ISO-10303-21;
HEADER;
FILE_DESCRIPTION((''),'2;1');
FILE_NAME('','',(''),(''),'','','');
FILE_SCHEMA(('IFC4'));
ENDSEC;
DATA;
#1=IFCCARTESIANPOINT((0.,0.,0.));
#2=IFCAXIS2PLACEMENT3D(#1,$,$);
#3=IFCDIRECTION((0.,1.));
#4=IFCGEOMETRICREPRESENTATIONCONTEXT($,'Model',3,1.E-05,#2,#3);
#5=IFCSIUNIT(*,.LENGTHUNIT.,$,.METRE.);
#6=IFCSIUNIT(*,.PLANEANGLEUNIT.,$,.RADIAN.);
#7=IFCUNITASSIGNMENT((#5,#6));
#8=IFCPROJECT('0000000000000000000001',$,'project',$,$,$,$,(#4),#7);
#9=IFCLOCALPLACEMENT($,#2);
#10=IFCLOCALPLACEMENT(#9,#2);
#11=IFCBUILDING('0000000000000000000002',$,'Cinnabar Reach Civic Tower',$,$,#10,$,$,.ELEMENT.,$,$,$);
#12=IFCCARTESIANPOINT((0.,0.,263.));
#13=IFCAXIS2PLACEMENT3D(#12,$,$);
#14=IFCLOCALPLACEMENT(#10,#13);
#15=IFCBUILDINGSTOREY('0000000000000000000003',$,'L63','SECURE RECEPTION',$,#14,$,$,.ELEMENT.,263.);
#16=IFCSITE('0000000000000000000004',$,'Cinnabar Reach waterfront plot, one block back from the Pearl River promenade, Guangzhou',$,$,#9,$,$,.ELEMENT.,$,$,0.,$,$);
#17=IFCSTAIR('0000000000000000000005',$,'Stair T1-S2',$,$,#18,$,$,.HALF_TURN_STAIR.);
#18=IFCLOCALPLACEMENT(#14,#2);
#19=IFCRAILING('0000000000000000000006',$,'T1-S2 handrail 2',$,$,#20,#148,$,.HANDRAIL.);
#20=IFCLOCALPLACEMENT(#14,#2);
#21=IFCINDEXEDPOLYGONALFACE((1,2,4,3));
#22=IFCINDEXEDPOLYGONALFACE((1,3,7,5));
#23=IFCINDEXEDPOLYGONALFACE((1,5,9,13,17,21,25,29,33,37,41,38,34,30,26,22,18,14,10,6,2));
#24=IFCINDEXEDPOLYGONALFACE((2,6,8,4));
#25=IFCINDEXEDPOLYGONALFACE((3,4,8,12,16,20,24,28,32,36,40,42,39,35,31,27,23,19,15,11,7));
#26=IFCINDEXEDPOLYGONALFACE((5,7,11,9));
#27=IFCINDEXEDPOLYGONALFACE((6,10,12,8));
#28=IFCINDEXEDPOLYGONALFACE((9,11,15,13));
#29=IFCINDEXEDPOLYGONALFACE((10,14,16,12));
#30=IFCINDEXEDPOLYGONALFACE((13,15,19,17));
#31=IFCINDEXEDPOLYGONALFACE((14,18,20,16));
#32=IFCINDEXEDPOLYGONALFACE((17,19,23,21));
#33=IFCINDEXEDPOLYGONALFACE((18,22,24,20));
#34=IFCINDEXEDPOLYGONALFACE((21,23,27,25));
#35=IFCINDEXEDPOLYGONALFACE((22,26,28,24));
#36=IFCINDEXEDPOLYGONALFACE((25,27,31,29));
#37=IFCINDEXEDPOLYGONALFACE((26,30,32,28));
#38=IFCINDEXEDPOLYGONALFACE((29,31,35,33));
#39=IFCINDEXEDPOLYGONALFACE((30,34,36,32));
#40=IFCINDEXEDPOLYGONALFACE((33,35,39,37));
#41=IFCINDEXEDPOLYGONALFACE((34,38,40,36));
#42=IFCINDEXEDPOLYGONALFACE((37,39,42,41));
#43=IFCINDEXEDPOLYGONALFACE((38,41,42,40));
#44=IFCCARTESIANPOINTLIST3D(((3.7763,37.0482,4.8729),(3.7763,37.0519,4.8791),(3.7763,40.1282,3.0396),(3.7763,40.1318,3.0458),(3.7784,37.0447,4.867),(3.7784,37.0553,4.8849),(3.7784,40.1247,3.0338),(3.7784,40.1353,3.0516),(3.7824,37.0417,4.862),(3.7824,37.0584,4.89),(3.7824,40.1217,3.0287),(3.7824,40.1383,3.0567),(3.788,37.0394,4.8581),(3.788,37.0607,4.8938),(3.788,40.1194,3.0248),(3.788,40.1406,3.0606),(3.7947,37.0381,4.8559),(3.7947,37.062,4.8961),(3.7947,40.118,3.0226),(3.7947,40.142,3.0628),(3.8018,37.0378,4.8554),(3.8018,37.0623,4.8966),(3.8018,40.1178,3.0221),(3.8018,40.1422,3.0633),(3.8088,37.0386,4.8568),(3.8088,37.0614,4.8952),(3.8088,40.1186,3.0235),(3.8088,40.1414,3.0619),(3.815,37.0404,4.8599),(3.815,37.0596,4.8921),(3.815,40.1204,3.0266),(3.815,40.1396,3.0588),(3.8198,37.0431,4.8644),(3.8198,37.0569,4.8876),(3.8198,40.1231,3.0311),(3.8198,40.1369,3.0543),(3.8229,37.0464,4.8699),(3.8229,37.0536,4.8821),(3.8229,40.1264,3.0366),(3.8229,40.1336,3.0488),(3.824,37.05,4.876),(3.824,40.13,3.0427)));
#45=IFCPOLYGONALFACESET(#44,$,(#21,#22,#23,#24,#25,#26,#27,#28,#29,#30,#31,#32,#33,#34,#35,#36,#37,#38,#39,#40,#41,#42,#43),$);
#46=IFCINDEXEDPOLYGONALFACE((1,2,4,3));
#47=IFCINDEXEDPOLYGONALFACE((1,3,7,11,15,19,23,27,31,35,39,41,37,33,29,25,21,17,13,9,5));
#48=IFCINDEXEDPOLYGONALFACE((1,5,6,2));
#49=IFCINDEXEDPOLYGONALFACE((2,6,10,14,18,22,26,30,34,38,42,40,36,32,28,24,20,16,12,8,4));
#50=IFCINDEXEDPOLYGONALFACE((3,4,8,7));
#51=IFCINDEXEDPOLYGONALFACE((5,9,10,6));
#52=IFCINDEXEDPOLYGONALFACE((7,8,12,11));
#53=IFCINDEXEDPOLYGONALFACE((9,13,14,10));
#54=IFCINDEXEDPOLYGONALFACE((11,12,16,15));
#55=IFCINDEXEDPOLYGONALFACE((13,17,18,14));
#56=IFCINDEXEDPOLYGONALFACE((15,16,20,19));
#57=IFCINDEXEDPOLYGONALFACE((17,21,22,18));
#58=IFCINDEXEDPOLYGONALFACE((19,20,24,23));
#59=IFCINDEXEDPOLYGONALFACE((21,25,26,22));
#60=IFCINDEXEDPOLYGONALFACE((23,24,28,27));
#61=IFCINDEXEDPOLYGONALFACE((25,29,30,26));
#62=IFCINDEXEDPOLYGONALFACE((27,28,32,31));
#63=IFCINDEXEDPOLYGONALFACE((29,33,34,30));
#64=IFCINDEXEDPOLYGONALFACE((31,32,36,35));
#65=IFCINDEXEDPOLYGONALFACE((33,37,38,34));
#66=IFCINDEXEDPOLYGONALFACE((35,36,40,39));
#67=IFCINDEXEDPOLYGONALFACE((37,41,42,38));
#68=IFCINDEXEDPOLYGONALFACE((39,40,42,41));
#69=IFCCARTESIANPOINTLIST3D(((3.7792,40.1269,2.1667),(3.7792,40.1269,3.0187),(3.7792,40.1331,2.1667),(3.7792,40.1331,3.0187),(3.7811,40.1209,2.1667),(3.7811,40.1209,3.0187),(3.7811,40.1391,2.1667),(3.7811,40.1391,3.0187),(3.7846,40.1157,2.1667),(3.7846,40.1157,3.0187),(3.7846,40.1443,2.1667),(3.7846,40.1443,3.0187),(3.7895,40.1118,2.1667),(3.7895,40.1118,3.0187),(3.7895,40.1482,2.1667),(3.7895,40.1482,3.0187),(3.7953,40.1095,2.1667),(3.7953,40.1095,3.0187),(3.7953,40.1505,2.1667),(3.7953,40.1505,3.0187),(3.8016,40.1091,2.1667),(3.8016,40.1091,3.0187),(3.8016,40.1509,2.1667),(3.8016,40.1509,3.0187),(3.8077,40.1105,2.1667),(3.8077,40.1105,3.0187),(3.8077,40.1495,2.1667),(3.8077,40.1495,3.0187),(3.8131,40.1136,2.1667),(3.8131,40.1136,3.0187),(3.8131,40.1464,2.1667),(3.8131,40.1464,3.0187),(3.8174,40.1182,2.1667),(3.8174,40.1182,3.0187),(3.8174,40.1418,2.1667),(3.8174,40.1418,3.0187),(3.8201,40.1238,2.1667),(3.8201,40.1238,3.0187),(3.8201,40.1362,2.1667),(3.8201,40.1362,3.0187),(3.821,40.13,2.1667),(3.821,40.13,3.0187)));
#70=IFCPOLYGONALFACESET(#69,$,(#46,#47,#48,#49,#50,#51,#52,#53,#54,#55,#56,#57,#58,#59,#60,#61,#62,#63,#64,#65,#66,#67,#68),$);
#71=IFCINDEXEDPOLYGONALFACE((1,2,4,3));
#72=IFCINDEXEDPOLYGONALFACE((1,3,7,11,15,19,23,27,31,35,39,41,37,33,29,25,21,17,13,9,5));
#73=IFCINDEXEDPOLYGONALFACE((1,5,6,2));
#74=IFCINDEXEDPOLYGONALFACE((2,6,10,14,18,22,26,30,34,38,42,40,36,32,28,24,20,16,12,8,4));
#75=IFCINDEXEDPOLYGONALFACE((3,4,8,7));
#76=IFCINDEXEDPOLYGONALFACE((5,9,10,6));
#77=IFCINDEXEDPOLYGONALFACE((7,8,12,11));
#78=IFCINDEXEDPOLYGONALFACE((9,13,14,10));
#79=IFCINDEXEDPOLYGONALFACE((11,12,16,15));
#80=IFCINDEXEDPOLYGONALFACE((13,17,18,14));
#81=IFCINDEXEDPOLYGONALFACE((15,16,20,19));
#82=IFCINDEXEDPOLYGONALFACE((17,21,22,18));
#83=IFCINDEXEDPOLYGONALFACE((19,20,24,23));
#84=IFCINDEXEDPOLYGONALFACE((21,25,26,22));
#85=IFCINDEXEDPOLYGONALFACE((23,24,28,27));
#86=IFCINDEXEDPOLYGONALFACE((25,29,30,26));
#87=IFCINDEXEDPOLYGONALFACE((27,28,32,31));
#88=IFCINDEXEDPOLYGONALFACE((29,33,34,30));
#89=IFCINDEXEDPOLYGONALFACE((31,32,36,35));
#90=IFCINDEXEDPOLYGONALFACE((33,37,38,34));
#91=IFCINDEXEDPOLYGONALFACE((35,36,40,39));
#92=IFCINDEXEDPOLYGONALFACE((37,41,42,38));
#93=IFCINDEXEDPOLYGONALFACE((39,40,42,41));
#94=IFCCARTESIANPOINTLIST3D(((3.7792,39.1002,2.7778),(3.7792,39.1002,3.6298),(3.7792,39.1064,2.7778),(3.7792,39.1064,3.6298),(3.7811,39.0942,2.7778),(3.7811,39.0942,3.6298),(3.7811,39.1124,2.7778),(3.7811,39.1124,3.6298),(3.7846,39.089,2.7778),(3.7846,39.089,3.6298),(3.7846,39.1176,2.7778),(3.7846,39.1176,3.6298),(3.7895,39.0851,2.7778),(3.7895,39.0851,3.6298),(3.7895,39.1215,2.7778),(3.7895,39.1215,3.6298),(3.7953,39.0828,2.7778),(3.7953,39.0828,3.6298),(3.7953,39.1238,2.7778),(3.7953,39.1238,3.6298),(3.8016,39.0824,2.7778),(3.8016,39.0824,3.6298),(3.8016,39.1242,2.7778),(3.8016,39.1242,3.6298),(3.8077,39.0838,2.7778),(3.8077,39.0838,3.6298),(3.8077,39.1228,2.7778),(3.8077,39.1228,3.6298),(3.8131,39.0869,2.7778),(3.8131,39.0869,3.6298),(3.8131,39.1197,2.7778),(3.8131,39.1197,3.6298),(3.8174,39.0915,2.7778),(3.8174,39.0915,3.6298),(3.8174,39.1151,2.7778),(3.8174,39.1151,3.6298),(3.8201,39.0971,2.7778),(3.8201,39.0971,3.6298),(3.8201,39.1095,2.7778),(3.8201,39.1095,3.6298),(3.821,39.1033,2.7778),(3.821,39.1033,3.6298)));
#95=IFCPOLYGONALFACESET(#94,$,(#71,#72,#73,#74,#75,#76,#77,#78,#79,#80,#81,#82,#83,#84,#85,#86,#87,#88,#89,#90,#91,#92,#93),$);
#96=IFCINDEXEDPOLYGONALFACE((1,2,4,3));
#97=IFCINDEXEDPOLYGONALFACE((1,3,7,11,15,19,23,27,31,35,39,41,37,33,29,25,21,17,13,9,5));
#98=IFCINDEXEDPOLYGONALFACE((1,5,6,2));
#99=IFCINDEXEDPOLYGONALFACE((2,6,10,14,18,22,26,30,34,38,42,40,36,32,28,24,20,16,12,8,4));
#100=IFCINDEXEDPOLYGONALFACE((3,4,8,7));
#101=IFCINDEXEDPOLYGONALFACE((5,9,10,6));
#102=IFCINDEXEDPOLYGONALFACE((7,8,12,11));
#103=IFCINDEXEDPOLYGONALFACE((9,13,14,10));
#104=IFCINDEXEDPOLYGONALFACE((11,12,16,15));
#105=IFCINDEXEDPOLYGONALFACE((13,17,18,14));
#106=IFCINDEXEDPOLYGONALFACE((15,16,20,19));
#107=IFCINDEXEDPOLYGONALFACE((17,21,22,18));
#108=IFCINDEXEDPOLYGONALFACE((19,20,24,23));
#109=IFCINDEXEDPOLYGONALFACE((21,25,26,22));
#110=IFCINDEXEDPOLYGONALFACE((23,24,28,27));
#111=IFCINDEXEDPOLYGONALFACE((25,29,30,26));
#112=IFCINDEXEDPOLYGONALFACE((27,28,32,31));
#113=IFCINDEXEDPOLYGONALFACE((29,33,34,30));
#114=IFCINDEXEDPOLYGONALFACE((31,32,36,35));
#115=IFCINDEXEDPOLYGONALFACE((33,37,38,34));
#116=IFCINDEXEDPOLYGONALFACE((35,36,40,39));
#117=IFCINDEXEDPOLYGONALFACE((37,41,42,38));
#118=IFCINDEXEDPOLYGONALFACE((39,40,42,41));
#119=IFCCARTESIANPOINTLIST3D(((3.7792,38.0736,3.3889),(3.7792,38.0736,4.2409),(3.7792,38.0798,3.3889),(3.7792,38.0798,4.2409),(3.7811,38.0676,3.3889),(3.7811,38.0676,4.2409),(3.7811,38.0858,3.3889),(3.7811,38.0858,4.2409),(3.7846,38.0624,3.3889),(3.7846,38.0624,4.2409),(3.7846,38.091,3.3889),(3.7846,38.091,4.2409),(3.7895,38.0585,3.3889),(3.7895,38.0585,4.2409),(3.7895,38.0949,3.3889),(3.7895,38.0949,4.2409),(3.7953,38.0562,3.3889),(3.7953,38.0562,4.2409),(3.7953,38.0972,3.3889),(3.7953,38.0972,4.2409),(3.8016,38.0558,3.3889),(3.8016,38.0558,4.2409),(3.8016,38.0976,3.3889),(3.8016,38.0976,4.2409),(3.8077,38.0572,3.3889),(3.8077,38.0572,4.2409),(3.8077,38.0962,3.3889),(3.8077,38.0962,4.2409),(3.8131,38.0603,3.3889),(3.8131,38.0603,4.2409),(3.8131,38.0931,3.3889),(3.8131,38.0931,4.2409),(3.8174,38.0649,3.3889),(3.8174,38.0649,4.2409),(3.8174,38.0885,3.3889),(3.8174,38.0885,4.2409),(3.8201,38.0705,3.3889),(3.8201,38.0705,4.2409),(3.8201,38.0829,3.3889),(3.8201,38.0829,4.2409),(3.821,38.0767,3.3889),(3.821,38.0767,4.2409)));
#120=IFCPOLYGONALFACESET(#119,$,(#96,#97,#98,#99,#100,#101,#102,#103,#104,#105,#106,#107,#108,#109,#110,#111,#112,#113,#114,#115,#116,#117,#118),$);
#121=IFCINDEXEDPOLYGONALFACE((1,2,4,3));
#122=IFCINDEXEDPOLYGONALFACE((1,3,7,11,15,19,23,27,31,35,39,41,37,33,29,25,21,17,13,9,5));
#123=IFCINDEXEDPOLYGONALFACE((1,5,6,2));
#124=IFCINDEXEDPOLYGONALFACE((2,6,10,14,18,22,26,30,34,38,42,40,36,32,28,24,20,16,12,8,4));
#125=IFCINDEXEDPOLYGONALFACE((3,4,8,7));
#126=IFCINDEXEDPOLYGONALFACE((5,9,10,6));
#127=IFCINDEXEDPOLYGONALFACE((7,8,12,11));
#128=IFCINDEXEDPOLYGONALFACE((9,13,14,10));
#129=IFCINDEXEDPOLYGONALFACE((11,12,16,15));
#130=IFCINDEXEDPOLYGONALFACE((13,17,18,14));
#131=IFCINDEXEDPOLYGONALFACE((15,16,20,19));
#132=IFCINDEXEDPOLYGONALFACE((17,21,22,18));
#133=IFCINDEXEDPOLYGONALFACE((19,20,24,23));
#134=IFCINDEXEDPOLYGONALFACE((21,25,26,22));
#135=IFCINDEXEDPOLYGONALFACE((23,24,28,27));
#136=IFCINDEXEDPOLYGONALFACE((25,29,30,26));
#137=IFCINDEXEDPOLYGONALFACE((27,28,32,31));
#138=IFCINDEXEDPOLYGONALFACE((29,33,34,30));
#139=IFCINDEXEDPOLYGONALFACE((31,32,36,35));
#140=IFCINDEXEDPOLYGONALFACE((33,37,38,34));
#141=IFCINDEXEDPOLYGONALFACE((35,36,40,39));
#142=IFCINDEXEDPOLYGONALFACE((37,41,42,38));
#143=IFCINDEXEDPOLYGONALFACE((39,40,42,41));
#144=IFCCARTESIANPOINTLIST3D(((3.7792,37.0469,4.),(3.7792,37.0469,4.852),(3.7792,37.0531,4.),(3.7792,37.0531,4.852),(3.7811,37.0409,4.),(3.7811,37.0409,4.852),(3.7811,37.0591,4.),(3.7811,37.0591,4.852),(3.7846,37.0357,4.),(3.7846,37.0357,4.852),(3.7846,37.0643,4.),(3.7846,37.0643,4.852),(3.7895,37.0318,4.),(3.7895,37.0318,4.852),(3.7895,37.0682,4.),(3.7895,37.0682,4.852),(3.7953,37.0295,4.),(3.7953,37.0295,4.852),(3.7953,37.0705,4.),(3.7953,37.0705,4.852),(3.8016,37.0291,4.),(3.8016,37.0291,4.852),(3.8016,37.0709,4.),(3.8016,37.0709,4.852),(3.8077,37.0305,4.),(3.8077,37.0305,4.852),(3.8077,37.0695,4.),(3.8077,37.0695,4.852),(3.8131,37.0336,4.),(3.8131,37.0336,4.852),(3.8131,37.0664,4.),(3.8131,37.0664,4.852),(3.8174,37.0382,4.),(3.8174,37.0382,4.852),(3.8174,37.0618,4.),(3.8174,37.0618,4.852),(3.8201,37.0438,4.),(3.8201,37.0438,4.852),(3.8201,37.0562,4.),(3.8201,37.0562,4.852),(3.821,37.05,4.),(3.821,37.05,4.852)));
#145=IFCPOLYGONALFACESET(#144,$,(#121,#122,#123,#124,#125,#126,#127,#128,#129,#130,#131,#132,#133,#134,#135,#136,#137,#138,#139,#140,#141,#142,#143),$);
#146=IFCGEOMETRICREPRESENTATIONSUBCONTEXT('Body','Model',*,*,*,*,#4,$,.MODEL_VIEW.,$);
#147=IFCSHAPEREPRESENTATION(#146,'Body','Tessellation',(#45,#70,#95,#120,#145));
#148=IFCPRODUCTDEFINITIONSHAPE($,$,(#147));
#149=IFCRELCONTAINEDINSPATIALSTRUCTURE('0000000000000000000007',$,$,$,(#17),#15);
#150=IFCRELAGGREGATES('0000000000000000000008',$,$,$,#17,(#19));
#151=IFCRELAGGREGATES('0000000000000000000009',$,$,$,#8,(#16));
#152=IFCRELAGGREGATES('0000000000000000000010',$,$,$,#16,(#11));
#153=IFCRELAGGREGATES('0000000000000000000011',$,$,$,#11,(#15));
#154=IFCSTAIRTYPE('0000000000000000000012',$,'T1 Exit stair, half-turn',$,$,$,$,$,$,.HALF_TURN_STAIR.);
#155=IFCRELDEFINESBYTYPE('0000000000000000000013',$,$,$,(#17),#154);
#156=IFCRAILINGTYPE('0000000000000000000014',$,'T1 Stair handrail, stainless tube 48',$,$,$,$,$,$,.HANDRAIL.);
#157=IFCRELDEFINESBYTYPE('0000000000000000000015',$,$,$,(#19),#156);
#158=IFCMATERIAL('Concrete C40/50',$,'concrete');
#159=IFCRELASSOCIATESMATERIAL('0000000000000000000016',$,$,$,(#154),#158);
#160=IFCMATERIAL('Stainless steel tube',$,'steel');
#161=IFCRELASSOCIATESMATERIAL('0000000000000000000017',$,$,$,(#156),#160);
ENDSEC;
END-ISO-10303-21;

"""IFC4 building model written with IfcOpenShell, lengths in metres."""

from ifc_helpers import new_model, si_unit, direction, frame, origin, origin_2d, place, context, subcontext, project, spatial, circle, extrude, material, type_object, element, aggregate, save


model = new_model("IFC4")

# Units and contexts
model_context = context("Model", 3, precision=1e-05, world=origin(), true_north=direction((0.0, 1.0)))
body_context = subcontext(model_context, "Body", "Model", "MODEL_VIEW")
ifc_project = project(units=[si_unit("LENGTHUNIT", "METRE"), si_unit("PLANEANGLEUNIT", "RADIAN")], contexts=[model_context])

# Site, building, storey
site_placement = place(None, origin())
site = spatial("IfcSite", under=ifc_project, at=site_placement, Name="Cinnabar Reach waterfront plot, one block back from the Pearl River promenade, Guangzhou", CompositionType="ELEMENT", RefElevation=0.0)
building_placement = place(site_placement, origin())
building = spatial("IfcBuilding", under=site, at=building_placement, Name="Cinnabar Reach Civic Tower", CompositionType="ELEMENT")
storey_placement = place(building_placement, frame((0.0, 0.0, 263.0)))
storey = spatial("IfcBuildingStorey", under=building, at=storey_placement, Name="L63", Description="SECURE RECEPTION", CompositionType="ELEMENT", Elevation=263.0)

# Shared definitions
ifc_material_1 = material(Name="Concrete C40/50", Category="concrete")

# Stair, railing
stair_type = type_object("IfcStairType", Name="T1 Exit stair, half-turn", PredefinedType="HALF_TURN_STAIR", material=ifc_material_1)
stair_placement = place(storey_placement, origin())
stair = element("IfcStair", 1, at=stair_placement, inside=storey, type_object=stair_type, Name="Stair T1-S2", PredefinedType="HALF_TURN_STAIR")
ifc_material_2 = material(Name="Stainless steel tube", Category="steel")
railing_type = type_object("IfcRailingType", Name="T1 Stair handrail, stainless tube 48", PredefinedType="HANDRAIL", material=ifc_material_2)
railing_1_placement = place(storey_placement, frame((3.8, 40.13, 2.1667)))
railing_1 = element("IfcRailing", 2, at=railing_1_placement, type_object=railing_type, Name="T1-S2 handrail 2", PredefinedType="HANDRAIL", context=body_context, shape_type="SweptSolid", body=[
    extrude(circle(Radius=0.024, at=origin_2d()), frame((0.0, 0.0, 0.876), z_axis=(0.0, -0.859297, 0.511477), x_axis=(1.0, 0.0, 0.0)), (0.0, 0.0, 1.0), 3.5843),
    extrude(circle(Radius=0.021, at=origin_2d()), origin(), (0.0, 0.0, 1.0), 0.852),
    extrude(circle(Radius=0.021, at=origin_2d()), frame((0.0, -1.0267, 0.6111)), (0.0, 0.0, 1.0), 0.852),
    extrude(circle(Radius=0.021, at=origin_2d()), frame((0.0, -2.0533, 1.2222)), (0.0, 0.0, 1.0), 0.852),
    extrude(circle(Radius=0.021, at=origin_2d()), frame((0.0, -3.08, 1.8333)), (0.0, 0.0, 1.0), 0.852),
])
aggregate(stair, [railing_1])

save(model, "model.ifc")
